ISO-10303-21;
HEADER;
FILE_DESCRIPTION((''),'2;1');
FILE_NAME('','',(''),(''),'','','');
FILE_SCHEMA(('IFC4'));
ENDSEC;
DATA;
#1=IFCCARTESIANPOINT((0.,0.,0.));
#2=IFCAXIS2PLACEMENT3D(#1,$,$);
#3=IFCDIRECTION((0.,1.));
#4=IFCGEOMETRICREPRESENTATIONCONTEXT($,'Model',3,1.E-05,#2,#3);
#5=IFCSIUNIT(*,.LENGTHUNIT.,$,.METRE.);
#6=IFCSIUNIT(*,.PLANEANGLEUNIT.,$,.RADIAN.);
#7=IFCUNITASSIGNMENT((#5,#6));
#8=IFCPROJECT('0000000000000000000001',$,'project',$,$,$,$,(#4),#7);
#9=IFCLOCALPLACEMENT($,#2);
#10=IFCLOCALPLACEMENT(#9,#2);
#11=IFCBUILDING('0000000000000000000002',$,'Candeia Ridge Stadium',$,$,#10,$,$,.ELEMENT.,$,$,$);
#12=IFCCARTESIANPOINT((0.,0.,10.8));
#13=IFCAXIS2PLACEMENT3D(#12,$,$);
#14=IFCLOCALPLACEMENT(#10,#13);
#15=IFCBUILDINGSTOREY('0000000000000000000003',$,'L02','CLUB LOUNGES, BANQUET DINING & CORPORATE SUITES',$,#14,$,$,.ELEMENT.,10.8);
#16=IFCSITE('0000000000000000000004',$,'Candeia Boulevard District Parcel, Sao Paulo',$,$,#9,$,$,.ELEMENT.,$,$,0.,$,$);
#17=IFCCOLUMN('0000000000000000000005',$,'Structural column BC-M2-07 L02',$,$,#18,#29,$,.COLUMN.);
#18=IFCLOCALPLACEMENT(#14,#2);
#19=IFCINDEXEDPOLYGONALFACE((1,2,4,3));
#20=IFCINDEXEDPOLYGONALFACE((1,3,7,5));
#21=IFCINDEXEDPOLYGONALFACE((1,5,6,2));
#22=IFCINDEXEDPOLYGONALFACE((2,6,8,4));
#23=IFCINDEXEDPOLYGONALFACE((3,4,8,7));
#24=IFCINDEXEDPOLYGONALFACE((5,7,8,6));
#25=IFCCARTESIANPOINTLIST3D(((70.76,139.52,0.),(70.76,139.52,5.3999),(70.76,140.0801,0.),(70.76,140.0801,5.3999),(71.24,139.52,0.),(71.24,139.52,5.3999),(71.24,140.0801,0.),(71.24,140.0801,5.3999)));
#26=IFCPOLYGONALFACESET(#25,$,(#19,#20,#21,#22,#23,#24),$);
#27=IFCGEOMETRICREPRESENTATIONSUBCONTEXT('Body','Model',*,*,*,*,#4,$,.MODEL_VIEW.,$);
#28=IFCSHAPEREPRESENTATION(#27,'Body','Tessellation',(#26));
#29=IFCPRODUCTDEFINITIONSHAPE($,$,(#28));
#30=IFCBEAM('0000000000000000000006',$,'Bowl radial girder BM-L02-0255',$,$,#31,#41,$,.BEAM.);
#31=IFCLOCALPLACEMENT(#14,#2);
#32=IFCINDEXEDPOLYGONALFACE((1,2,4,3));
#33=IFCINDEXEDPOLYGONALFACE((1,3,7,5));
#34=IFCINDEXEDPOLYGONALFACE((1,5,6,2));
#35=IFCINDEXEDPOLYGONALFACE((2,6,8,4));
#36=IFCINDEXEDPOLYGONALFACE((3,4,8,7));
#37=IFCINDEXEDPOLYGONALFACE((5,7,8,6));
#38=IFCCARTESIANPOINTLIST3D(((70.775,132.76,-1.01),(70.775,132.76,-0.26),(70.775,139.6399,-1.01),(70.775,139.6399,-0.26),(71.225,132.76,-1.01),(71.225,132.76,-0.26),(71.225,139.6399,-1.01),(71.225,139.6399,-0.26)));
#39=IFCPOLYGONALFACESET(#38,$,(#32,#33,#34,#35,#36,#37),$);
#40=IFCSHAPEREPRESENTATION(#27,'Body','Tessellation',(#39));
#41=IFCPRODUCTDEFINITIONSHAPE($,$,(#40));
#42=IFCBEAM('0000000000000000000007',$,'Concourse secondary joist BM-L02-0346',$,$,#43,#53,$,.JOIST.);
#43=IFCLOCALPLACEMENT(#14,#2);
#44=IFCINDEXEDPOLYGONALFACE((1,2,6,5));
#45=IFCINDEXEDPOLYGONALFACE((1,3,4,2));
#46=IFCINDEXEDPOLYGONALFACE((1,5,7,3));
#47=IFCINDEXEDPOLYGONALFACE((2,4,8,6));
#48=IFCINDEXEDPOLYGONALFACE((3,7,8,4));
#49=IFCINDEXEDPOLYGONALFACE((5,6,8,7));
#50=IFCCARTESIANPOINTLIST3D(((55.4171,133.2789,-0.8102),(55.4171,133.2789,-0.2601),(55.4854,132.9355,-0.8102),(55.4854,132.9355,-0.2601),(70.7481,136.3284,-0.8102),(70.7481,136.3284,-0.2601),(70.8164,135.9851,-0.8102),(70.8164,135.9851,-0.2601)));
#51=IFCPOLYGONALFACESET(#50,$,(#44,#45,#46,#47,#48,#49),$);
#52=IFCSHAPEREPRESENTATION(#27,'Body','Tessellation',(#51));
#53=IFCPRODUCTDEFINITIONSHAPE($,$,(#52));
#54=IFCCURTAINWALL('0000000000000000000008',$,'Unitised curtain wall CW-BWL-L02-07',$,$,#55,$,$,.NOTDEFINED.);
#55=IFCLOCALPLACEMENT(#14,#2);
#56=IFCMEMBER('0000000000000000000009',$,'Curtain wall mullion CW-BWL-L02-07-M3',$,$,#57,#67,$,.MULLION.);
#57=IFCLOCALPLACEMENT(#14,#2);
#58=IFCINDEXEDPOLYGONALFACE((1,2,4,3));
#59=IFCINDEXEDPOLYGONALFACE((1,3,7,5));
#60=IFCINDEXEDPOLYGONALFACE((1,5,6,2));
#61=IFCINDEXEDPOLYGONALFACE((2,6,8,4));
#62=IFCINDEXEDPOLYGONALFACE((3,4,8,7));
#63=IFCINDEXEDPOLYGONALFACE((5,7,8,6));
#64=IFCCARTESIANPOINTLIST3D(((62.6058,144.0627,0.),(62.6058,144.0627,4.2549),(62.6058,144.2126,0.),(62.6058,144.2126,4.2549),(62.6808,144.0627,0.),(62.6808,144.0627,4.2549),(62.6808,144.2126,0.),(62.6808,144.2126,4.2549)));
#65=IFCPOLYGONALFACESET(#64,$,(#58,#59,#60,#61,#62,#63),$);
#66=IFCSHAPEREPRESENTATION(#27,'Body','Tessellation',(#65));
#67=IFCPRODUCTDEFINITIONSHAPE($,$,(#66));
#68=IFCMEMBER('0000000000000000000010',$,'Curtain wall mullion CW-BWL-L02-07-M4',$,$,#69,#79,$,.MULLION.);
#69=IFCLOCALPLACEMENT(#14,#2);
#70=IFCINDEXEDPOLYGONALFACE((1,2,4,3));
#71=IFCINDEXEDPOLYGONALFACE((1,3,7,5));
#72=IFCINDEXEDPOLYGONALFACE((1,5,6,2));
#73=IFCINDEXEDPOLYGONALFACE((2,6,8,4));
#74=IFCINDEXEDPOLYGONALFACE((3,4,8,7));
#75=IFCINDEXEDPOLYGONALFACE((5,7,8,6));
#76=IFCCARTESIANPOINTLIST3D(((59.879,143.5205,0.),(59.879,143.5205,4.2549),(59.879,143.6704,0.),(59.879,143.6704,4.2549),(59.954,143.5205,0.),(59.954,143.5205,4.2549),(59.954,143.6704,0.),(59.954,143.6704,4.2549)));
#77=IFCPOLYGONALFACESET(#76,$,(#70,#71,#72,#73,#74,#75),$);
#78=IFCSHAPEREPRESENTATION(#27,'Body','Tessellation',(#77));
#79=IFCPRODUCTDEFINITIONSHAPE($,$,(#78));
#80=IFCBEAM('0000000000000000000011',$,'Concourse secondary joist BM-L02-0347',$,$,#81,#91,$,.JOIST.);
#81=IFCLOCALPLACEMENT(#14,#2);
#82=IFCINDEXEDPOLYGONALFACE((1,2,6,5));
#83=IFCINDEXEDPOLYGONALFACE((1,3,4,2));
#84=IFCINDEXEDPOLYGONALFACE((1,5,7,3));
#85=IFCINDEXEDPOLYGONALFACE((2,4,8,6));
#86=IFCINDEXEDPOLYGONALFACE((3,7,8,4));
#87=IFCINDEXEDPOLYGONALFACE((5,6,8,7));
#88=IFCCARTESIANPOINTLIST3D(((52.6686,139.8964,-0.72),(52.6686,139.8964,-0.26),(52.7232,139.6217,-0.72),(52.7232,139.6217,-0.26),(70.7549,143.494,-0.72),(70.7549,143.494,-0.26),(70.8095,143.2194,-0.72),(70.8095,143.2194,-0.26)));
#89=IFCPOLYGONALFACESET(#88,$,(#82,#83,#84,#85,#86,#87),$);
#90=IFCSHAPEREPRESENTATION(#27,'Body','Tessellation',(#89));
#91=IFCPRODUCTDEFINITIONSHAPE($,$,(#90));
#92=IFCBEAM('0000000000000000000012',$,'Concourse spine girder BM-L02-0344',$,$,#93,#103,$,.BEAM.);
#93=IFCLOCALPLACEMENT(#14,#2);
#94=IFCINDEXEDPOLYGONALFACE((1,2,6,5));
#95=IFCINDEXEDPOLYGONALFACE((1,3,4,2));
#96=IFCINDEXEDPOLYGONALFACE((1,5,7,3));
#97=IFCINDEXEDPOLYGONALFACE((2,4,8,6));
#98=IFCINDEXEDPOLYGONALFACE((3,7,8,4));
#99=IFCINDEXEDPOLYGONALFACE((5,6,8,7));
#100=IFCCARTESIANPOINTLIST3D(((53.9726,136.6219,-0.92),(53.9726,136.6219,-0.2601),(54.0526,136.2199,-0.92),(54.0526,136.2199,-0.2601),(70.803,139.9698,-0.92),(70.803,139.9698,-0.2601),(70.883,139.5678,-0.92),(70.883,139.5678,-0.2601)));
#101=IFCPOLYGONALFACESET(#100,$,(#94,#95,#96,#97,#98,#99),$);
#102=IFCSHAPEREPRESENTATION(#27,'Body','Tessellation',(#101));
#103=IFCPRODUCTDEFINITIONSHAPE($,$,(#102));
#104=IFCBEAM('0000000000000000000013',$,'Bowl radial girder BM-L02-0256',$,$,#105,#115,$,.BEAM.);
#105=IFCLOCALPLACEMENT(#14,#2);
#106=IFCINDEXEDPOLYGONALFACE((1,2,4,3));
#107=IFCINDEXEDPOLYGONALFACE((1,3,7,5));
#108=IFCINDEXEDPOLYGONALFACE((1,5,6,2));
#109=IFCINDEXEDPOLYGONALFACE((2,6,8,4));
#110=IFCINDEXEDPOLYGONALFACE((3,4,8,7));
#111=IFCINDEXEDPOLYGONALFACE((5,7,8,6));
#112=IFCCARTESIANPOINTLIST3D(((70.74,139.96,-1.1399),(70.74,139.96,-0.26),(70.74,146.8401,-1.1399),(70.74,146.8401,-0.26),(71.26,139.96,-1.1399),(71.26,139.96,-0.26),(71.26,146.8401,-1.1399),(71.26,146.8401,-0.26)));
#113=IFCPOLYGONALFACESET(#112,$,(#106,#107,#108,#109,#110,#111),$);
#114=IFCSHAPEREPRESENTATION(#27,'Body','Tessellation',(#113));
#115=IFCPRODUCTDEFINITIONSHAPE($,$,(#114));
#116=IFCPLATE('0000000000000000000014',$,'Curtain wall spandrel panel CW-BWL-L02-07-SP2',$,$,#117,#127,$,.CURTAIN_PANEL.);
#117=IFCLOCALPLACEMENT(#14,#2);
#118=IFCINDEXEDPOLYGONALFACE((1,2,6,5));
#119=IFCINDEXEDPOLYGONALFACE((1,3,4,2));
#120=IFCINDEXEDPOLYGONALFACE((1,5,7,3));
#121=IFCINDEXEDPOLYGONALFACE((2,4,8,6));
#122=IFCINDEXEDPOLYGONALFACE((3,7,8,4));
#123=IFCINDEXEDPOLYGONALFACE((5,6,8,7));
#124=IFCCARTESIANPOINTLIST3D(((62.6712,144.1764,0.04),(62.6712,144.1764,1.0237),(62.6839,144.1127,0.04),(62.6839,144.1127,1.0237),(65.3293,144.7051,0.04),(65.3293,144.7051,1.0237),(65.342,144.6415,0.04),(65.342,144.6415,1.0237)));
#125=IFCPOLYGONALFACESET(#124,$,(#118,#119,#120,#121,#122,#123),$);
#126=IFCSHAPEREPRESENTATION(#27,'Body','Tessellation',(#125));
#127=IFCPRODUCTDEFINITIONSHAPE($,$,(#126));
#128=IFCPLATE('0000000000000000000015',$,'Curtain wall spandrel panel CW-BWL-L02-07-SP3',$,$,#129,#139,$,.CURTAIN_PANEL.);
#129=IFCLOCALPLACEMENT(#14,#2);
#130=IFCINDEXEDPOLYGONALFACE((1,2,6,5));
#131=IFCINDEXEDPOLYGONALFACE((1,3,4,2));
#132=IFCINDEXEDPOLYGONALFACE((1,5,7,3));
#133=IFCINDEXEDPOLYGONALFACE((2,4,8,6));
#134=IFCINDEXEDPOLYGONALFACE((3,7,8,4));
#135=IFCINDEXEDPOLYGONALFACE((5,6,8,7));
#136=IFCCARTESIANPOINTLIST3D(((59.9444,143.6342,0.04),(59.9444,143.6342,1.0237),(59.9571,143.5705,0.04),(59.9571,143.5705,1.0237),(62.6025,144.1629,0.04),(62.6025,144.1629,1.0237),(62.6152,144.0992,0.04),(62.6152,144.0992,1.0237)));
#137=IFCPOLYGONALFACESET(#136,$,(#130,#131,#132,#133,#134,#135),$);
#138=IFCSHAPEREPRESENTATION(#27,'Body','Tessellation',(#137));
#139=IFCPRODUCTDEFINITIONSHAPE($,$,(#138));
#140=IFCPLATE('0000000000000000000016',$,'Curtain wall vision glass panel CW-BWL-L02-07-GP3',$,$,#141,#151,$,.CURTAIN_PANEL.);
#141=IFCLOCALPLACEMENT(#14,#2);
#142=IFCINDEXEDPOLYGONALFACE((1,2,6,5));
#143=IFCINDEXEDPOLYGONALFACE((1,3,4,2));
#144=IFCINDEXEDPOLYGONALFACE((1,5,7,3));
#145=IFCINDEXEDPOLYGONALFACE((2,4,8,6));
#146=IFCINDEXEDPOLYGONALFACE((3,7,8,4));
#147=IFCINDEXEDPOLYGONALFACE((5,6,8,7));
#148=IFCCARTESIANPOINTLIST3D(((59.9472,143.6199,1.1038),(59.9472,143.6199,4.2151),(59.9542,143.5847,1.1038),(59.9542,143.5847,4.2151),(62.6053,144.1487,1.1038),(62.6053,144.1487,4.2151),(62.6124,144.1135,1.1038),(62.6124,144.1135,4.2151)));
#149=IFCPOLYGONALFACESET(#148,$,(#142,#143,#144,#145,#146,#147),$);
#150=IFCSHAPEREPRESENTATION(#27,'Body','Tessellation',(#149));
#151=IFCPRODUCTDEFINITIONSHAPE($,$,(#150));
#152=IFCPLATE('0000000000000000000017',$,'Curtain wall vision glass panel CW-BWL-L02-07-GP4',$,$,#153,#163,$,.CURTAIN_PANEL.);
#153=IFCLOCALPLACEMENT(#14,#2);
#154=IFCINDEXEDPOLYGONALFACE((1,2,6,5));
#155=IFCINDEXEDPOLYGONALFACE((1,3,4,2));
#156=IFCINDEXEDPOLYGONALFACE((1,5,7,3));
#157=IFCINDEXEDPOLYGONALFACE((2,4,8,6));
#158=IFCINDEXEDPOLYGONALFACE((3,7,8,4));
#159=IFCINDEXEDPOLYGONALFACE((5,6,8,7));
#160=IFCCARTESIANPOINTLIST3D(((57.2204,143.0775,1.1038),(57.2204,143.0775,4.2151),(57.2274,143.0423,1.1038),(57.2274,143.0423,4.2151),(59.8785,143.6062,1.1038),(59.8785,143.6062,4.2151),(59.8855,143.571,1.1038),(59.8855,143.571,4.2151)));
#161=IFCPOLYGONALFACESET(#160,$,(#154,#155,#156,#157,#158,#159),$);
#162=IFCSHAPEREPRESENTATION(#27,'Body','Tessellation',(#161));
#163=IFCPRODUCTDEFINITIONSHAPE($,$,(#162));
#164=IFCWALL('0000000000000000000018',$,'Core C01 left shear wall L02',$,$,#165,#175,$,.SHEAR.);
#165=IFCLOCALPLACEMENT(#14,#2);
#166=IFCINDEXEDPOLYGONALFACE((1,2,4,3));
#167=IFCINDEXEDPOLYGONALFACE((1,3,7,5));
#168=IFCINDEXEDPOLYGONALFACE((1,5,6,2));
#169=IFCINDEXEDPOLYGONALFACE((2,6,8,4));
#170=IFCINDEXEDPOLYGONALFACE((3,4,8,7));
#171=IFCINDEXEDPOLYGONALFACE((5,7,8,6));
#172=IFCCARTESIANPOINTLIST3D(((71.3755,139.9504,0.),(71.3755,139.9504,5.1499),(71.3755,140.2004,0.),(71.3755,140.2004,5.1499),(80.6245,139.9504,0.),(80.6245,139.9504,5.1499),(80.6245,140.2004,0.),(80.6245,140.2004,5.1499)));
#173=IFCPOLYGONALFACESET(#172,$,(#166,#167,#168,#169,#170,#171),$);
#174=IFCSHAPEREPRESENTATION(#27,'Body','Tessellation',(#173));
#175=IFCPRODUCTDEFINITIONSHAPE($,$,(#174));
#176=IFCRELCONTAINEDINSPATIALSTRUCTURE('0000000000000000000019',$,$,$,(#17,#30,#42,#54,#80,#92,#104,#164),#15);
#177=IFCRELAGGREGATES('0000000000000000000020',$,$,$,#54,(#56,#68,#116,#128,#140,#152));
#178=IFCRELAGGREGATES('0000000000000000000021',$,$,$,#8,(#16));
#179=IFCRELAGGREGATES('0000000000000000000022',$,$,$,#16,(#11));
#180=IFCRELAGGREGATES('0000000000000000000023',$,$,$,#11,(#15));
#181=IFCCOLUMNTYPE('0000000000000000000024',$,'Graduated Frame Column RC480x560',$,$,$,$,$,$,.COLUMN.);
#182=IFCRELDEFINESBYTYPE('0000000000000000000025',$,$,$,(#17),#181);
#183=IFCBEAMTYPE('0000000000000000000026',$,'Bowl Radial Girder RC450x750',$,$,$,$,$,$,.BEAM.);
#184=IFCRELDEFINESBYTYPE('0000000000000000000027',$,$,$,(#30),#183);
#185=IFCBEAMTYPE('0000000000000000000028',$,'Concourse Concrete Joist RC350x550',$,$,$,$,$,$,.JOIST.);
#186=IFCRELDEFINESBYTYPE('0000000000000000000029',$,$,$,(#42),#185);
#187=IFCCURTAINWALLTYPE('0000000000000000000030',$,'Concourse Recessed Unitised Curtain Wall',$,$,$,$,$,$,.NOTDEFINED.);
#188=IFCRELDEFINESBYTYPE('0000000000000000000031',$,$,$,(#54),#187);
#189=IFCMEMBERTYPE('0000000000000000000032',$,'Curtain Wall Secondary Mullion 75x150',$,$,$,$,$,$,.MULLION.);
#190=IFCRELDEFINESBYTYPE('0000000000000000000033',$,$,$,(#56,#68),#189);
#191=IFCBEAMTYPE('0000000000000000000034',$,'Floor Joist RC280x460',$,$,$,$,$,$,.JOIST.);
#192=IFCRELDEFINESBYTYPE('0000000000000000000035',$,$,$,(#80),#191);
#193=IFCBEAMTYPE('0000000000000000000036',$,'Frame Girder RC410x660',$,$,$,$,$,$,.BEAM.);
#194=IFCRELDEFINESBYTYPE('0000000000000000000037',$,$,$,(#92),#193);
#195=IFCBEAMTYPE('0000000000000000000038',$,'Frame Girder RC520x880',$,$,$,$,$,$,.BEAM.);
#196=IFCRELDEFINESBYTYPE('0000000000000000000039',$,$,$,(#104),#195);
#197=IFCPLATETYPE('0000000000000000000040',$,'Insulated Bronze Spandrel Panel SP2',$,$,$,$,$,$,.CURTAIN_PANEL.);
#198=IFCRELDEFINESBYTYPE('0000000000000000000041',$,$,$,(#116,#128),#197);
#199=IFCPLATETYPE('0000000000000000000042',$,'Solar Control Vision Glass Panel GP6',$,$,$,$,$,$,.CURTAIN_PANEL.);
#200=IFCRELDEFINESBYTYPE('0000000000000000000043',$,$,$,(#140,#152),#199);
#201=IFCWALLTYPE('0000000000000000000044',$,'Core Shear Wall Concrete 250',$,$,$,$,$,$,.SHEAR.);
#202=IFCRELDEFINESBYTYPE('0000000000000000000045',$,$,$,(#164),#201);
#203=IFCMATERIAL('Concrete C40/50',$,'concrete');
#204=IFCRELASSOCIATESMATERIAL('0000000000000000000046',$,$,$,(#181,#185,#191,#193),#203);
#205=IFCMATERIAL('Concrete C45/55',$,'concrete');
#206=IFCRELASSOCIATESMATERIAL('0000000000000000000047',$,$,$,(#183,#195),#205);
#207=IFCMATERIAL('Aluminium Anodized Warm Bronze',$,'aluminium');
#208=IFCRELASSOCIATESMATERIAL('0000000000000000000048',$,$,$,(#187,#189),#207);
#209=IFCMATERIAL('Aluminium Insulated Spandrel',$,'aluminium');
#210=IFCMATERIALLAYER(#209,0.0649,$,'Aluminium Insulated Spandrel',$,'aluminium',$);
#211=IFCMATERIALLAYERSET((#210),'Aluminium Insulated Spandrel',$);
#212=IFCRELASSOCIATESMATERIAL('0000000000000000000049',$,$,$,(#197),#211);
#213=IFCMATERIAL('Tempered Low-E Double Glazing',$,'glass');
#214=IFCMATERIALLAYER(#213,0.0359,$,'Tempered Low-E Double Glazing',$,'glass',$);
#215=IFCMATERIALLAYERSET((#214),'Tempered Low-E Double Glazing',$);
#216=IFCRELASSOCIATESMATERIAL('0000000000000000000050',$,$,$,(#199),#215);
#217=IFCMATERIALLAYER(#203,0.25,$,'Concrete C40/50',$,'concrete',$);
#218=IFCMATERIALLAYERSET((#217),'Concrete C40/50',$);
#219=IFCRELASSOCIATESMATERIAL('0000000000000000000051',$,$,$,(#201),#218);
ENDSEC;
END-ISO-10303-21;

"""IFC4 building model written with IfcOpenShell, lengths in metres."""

from ifc_helpers import new_model, si_unit, direction, frame, frame_2d, origin, origin_2d, place, context, subcontext, project, spatial, rectangle, extrude, material, layer, layer_set, material_profile, profile_set, type_object, element, aggregate, save


model = new_model("IFC4")

# Units and contexts
model_context = context("Model", 3, precision=1e-05, world=origin(), true_north=direction((0.0, 1.0)))
body_context = subcontext(model_context, "Body", "Model", "MODEL_VIEW")
ifc_project = project(units=[si_unit("LENGTHUNIT", "METRE"), si_unit("PLANEANGLEUNIT", "RADIAN")], contexts=[model_context])

# Site, building, storey
site_placement = place(None, origin())
site = spatial("IfcSite", under=ifc_project, at=site_placement, Name="Candeia Boulevard District Parcel, Sao Paulo", CompositionType="ELEMENT", RefElevation=0.0)
building_placement = place(site_placement, origin())
building = spatial("IfcBuilding", under=site, at=building_placement, Name="Candeia Ridge Stadium", CompositionType="ELEMENT")
storey_placement = place(building_placement, frame((0.0, 0.0, 10.8)))
storey = spatial("IfcBuildingStorey", under=building, at=storey_placement, Name="L02", Description="CLUB LOUNGES, BANQUET DINING & CORPORATE SUITES", CompositionType="ELEMENT", Elevation=10.8)

# Column
ifc_material_1 = material(Name="Concrete C40/50", Category="concrete")
ifc_material_profile_1 = material_profile(ifc_material_1, rectangle(XDim=0.48, YDim=0.5601, at=origin_2d()), Name="RC480x560", Category="concrete")
ifc_profile_set_1 = profile_set([ifc_material_profile_1], Name="Concrete C40/50")
column_type = type_object("IfcColumnType", Name="Graduated Frame Column RC480x560", PredefinedType="COLUMN", material=ifc_profile_set_1)
column_placement = place(storey_placement, frame((71.0, 139.8, 0.0), z_axis=(0.0, 0.0, 1.0), x_axis=(1.0, 0.0, 0.0)))
element("IfcColumn", 1, at=column_placement, inside=storey, type_object=column_type, Name="Structural column BC-M2-07 L02", PredefinedType="COLUMN", context=body_context, shape_type="SweptSolid", body=[
    extrude(rectangle(XDim=0.48, YDim=0.5601, at=origin_2d()), origin(), (0.0, 0.0, 1.0), 5.3999),
])

# Beams
ifc_material_2 = material(Name="Concrete C45/55", Category="concrete")
ifc_material_profile_2 = material_profile(ifc_material_2, rectangle(XDim=0.45, YDim=0.75, at=origin_2d()), Name="RC450x750", Category="concrete")
ifc_profile_set_2 = profile_set([ifc_material_profile_2], Name="Concrete C45/55")
beam_type_1 = type_object("IfcBeamType", Name="Bowl Radial Girder RC450x750", PredefinedType="BEAM", material=ifc_profile_set_2)
beam_1_placement = place(storey_placement, frame((71.0, 132.76, -0.635), z_axis=(0.0, 1.0, 0.0), x_axis=(-1.0, 0.0, 0.0)))
element("IfcBeam", 2, at=beam_1_placement, inside=storey, type_object=beam_type_1, Name="Bowl radial girder BM-L02-0255", PredefinedType="BEAM", context=body_context, shape_type="SweptSolid", body=[
    extrude(rectangle(XDim=0.45, YDim=0.75, at=origin_2d()), origin(), (0.0, 0.0, 1.0), 6.8799),
])
ifc_material_profile_3 = material_profile(ifc_material_1, rectangle(XDim=0.3501, YDim=0.55, at=origin_2d()), Name="RC350x550", Category="concrete")
ifc_profile_set_3 = profile_set([ifc_material_profile_3], Name="Concrete C40/50")
beam_type_2 = type_object("IfcBeamType", Name="Concourse Concrete Joist RC350x550", PredefinedType="JOIST", material=ifc_profile_set_3)
beam_2_placement = place(storey_placement, frame((70.7822, 136.1567, -0.5352), z_axis=(-0.980785, -0.195092, 0.0), x_axis=(0.195092, -0.980785, 0.0)))
element("IfcBeam", 3, at=beam_2_placement, inside=storey, type_object=beam_type_2, Name="Concourse secondary joist BM-L02-0346", PredefinedType="JOIST", context=body_context, shape_type="SweptSolid", body=[
    extrude(rectangle(XDim=0.3501, YDim=0.55, at=origin_2d()), origin(), (0.0, 0.0, 1.0), 15.6313),
])

# Curtain wall, members
ifc_material_3 = material(Name="Aluminium Anodized Warm Bronze", Category="aluminium")
curtain_wall_type = type_object("IfcCurtainWallType", Name="Concourse Recessed Unitised Curtain Wall", PredefinedType="NOTDEFINED", material=ifc_material_3)
curtain_wall_placement = place(storey_placement, origin())
curtain_wall = element("IfcCurtainWall", 4, at=curtain_wall_placement, inside=storey, type_object=curtain_wall_type, Name="Unitised curtain wall CW-BWL-L02-07", PredefinedType="NOTDEFINED")
ifc_material_profile_4 = material_profile(ifc_material_3, rectangle(XDim=0.075, YDim=0.1499, at=origin_2d()), Name="CWM-75x150", Category="aluminium")
ifc_profile_set_4 = profile_set([ifc_material_profile_4], Name="Aluminium Anodized Warm Bronze")
member_type = type_object("IfcMemberType", Name="Curtain Wall Secondary Mullion 75x150", PredefinedType="MULLION", material=ifc_profile_set_4)
member_1_placement = place(storey_placement, frame((62.6433, 144.1377, 0.0), z_axis=(0.0, 0.0, 1.0), x_axis=(1.0, 0.0, 0.0)))
member_1 = element("IfcMember", 5, at=member_1_placement, type_object=member_type, Name="Curtain wall mullion CW-BWL-L02-07-M3", PredefinedType="MULLION", context=body_context, shape_type="SweptSolid", body=[
    extrude(rectangle(XDim=0.075, YDim=0.1499, at=origin_2d()), origin(), (0.0, 0.0, 1.0), 4.2549),
])
member_2_placement = place(storey_placement, frame((59.9165, 143.5955, 0.0), z_axis=(0.0, 0.0, 1.0), x_axis=(1.0, 0.0, 0.0)))
member_2 = element("IfcMember", 6, at=member_2_placement, type_object=member_type, Name="Curtain wall mullion CW-BWL-L02-07-M4", PredefinedType="MULLION", context=body_context, shape_type="SweptSolid", body=[
    extrude(rectangle(XDim=0.075, YDim=0.1499, at=origin_2d()), origin(), (0.0, 0.0, 1.0), 4.2549),
])

# Beams
ifc_material_profile_5 = material_profile(ifc_material_1, rectangle(XDim=0.28, YDim=0.46, at=origin_2d()), Name="RC280x460", Category="concrete")
ifc_profile_set_5 = profile_set([ifc_material_profile_5], Name="Concrete C40/50")
beam_type_3 = type_object("IfcBeamType", Name="Floor Joist RC280x460", PredefinedType="JOIST", material=ifc_profile_set_5)
beam_3_placement = place(storey_placement, frame((70.7822, 143.3567, -0.49), z_axis=(-0.980785, -0.195093, 0.0), x_axis=(0.195093, -0.980785, 0.0)))
element("IfcBeam", 7, at=beam_3_placement, inside=storey, type_object=beam_type_3, Name="Concourse secondary joist BM-L02-0347", PredefinedType="JOIST", context=body_context, shape_type="SweptSolid", body=[
    extrude(rectangle(XDim=0.28, YDim=0.46, at=origin_2d()), origin(), (0.0, 0.0, 1.0), 18.4407),
])
ifc_material_profile_6 = material_profile(ifc_material_1, rectangle(XDim=0.4099, YDim=0.6599, at=origin_2d()), Name="RC410x660", Category="concrete")
ifc_profile_set_6 = profile_set([ifc_material_profile_6], Name="Concrete C40/50")
beam_type_4 = type_object("IfcBeamType", Name="Frame Girder RC410x660", PredefinedType="BEAM", material=ifc_profile_set_6)
beam_4_placement = place(storey_placement, frame((70.843, 139.7688, -0.5901), z_axis=(-0.980784, -0.195098, 0.0), x_axis=(0.195098, -0.980784, 0.0)))
element("IfcBeam", 8, at=beam_4_placement, inside=storey, type_object=beam_type_4, Name="Concourse spine girder BM-L02-0344", PredefinedType="BEAM", context=body_context, shape_type="SweptSolid", body=[
    extrude(rectangle(XDim=0.4099, YDim=0.6599, at=origin_2d()), origin(), (0.0, 0.0, 1.0), 17.1602),
])
ifc_material_profile_7 = material_profile(ifc_material_2, rectangle(XDim=0.52, YDim=0.8799, at=origin_2d()), Name="RC520x880", Category="concrete")
ifc_profile_set_7 = profile_set([ifc_material_profile_7], Name="Concrete C45/55")
beam_type_5 = type_object("IfcBeamType", Name="Frame Girder RC520x880", PredefinedType="BEAM", material=ifc_profile_set_7)
beam_5_placement = place(storey_placement, frame((71.0, 139.96, -0.7), z_axis=(0.0, 1.0, 0.0), x_axis=(-1.0, 0.0, 0.0)))
element("IfcBeam", 9, at=beam_5_placement, inside=storey, type_object=beam_type_5, Name="Bowl radial girder BM-L02-0256", PredefinedType="BEAM", context=body_context, shape_type="SweptSolid", body=[
    extrude(rectangle(XDim=0.52, YDim=0.8799, at=origin_2d()), origin(), (0.0, 0.0, 1.0), 6.8801),
])

# Plates
ifc_material_4 = material(Name="Aluminium Insulated Spandrel", Category="aluminium")
ifc_layer_1 = layer(ifc_material_4, 0.0649, Name="Aluminium Insulated Spandrel", Category="aluminium")
ifc_layer_set_1 = layer_set([ifc_layer_1], Name="Aluminium Insulated Spandrel")
plate_type_1 = type_object("IfcPlateType", Name="Insulated Bronze Spandrel Panel SP2", PredefinedType="CURTAIN_PANEL", material=ifc_layer_set_1)
plate_1_placement = place(storey_placement, frame((64.0066, 144.4089, 0.04), z_axis=(0.0, 0.0, 1.0), x_axis=(-0.980785, -0.19509, 0.0)))
plate_1 = element("IfcPlate", 10, at=plate_1_placement, type_object=plate_type_1, Name="Curtain wall spandrel panel CW-BWL-L02-07-SP2", PredefinedType="CURTAIN_PANEL", context=body_context, shape_type="SweptSolid", body=[
    extrude(rectangle(XDim=2.7102, YDim=0.0649, at=origin_2d()), origin(), (0.0, 0.0, 1.0), 0.9836),
])
plate_2_placement = place(storey_placement, frame((61.2798, 143.8667, 0.04), z_axis=(0.0, 0.0, 1.0), x_axis=(-0.980785, -0.19509, 0.0)))
plate_2 = element("IfcPlate", 11, at=plate_2_placement, type_object=plate_type_1, Name="Curtain wall spandrel panel CW-BWL-L02-07-SP3", PredefinedType="CURTAIN_PANEL", context=body_context, shape_type="SweptSolid", body=[
    extrude(rectangle(XDim=2.7102, YDim=0.0649, at=origin_2d()), origin(), (0.0, 0.0, 1.0), 0.9836),
])
ifc_material_5 = material(Name="Tempered Low-E Double Glazing", Category="glass")
ifc_layer_2 = layer(ifc_material_5, 0.0359, Name="Tempered Low-E Double Glazing", Category="glass")
ifc_layer_set_2 = layer_set([ifc_layer_2], Name="Tempered Low-E Double Glazing")
plate_type_2 = type_object("IfcPlateType", Name="Solar Control Vision Glass Panel GP6", PredefinedType="CURTAIN_PANEL", material=ifc_layer_set_2)
plate_3_placement = place(storey_placement, frame((61.2798, 143.8667, 1.1038), z_axis=(0.0, 0.0, 1.0), x_axis=(-0.980785, -0.19509, 0.0)))
plate_3 = element("IfcPlate", 12, at=plate_3_placement, type_object=plate_type_2, Name="Curtain wall vision glass panel CW-BWL-L02-07-GP3", PredefinedType="CURTAIN_PANEL", context=body_context, shape_type="SweptSolid", body=[
    extrude(rectangle(XDim=2.7102, YDim=0.0359, at=origin_2d()), origin(), (0.0, 0.0, 1.0), 3.1113),
])
plate_4_placement = place(storey_placement, frame((58.553, 143.3242, 1.1038), z_axis=(0.0, 0.0, 1.0), x_axis=(-0.980785, -0.19509, 0.0)))
plate_4 = element("IfcPlate", 13, at=plate_4_placement, type_object=plate_type_2, Name="Curtain wall vision glass panel CW-BWL-L02-07-GP4", PredefinedType="CURTAIN_PANEL", context=body_context, shape_type="SweptSolid", body=[
    extrude(rectangle(XDim=2.7102, YDim=0.0359, at=origin_2d()), origin(), (0.0, 0.0, 1.0), 3.1113),
])
aggregate(curtain_wall, [member_1, member_2, plate_1, plate_2, plate_3, plate_4])

# Wall
ifc_layer_3 = layer(ifc_material_1, 0.25, Name="Concrete C40/50", Category="concrete")
ifc_layer_set_3 = layer_set([ifc_layer_3], Name="Concrete C40/50")
wall_type = type_object("IfcWallType", Name="Core Shear Wall Concrete 250", PredefinedType="SHEAR", material=ifc_layer_set_3)
wall_placement = place(storey_placement, frame((71.3755, 140.0754, 0.0), z_axis=(0.0, 0.0, 1.0), x_axis=(1.0, 0.0, 0.0)))
element("IfcWall", 14, at=wall_placement, inside=storey, type_object=wall_type, Name="Core C01 left shear wall L02", PredefinedType="SHEAR", context=body_context, shape_type="SweptSolid", body=[
    extrude(rectangle(XDim=9.249, YDim=0.25, at=frame_2d((4.6245, 0.0))), origin(), (0.0, 0.0, 1.0), 5.1499),
])

save(model, "model.ifc")
